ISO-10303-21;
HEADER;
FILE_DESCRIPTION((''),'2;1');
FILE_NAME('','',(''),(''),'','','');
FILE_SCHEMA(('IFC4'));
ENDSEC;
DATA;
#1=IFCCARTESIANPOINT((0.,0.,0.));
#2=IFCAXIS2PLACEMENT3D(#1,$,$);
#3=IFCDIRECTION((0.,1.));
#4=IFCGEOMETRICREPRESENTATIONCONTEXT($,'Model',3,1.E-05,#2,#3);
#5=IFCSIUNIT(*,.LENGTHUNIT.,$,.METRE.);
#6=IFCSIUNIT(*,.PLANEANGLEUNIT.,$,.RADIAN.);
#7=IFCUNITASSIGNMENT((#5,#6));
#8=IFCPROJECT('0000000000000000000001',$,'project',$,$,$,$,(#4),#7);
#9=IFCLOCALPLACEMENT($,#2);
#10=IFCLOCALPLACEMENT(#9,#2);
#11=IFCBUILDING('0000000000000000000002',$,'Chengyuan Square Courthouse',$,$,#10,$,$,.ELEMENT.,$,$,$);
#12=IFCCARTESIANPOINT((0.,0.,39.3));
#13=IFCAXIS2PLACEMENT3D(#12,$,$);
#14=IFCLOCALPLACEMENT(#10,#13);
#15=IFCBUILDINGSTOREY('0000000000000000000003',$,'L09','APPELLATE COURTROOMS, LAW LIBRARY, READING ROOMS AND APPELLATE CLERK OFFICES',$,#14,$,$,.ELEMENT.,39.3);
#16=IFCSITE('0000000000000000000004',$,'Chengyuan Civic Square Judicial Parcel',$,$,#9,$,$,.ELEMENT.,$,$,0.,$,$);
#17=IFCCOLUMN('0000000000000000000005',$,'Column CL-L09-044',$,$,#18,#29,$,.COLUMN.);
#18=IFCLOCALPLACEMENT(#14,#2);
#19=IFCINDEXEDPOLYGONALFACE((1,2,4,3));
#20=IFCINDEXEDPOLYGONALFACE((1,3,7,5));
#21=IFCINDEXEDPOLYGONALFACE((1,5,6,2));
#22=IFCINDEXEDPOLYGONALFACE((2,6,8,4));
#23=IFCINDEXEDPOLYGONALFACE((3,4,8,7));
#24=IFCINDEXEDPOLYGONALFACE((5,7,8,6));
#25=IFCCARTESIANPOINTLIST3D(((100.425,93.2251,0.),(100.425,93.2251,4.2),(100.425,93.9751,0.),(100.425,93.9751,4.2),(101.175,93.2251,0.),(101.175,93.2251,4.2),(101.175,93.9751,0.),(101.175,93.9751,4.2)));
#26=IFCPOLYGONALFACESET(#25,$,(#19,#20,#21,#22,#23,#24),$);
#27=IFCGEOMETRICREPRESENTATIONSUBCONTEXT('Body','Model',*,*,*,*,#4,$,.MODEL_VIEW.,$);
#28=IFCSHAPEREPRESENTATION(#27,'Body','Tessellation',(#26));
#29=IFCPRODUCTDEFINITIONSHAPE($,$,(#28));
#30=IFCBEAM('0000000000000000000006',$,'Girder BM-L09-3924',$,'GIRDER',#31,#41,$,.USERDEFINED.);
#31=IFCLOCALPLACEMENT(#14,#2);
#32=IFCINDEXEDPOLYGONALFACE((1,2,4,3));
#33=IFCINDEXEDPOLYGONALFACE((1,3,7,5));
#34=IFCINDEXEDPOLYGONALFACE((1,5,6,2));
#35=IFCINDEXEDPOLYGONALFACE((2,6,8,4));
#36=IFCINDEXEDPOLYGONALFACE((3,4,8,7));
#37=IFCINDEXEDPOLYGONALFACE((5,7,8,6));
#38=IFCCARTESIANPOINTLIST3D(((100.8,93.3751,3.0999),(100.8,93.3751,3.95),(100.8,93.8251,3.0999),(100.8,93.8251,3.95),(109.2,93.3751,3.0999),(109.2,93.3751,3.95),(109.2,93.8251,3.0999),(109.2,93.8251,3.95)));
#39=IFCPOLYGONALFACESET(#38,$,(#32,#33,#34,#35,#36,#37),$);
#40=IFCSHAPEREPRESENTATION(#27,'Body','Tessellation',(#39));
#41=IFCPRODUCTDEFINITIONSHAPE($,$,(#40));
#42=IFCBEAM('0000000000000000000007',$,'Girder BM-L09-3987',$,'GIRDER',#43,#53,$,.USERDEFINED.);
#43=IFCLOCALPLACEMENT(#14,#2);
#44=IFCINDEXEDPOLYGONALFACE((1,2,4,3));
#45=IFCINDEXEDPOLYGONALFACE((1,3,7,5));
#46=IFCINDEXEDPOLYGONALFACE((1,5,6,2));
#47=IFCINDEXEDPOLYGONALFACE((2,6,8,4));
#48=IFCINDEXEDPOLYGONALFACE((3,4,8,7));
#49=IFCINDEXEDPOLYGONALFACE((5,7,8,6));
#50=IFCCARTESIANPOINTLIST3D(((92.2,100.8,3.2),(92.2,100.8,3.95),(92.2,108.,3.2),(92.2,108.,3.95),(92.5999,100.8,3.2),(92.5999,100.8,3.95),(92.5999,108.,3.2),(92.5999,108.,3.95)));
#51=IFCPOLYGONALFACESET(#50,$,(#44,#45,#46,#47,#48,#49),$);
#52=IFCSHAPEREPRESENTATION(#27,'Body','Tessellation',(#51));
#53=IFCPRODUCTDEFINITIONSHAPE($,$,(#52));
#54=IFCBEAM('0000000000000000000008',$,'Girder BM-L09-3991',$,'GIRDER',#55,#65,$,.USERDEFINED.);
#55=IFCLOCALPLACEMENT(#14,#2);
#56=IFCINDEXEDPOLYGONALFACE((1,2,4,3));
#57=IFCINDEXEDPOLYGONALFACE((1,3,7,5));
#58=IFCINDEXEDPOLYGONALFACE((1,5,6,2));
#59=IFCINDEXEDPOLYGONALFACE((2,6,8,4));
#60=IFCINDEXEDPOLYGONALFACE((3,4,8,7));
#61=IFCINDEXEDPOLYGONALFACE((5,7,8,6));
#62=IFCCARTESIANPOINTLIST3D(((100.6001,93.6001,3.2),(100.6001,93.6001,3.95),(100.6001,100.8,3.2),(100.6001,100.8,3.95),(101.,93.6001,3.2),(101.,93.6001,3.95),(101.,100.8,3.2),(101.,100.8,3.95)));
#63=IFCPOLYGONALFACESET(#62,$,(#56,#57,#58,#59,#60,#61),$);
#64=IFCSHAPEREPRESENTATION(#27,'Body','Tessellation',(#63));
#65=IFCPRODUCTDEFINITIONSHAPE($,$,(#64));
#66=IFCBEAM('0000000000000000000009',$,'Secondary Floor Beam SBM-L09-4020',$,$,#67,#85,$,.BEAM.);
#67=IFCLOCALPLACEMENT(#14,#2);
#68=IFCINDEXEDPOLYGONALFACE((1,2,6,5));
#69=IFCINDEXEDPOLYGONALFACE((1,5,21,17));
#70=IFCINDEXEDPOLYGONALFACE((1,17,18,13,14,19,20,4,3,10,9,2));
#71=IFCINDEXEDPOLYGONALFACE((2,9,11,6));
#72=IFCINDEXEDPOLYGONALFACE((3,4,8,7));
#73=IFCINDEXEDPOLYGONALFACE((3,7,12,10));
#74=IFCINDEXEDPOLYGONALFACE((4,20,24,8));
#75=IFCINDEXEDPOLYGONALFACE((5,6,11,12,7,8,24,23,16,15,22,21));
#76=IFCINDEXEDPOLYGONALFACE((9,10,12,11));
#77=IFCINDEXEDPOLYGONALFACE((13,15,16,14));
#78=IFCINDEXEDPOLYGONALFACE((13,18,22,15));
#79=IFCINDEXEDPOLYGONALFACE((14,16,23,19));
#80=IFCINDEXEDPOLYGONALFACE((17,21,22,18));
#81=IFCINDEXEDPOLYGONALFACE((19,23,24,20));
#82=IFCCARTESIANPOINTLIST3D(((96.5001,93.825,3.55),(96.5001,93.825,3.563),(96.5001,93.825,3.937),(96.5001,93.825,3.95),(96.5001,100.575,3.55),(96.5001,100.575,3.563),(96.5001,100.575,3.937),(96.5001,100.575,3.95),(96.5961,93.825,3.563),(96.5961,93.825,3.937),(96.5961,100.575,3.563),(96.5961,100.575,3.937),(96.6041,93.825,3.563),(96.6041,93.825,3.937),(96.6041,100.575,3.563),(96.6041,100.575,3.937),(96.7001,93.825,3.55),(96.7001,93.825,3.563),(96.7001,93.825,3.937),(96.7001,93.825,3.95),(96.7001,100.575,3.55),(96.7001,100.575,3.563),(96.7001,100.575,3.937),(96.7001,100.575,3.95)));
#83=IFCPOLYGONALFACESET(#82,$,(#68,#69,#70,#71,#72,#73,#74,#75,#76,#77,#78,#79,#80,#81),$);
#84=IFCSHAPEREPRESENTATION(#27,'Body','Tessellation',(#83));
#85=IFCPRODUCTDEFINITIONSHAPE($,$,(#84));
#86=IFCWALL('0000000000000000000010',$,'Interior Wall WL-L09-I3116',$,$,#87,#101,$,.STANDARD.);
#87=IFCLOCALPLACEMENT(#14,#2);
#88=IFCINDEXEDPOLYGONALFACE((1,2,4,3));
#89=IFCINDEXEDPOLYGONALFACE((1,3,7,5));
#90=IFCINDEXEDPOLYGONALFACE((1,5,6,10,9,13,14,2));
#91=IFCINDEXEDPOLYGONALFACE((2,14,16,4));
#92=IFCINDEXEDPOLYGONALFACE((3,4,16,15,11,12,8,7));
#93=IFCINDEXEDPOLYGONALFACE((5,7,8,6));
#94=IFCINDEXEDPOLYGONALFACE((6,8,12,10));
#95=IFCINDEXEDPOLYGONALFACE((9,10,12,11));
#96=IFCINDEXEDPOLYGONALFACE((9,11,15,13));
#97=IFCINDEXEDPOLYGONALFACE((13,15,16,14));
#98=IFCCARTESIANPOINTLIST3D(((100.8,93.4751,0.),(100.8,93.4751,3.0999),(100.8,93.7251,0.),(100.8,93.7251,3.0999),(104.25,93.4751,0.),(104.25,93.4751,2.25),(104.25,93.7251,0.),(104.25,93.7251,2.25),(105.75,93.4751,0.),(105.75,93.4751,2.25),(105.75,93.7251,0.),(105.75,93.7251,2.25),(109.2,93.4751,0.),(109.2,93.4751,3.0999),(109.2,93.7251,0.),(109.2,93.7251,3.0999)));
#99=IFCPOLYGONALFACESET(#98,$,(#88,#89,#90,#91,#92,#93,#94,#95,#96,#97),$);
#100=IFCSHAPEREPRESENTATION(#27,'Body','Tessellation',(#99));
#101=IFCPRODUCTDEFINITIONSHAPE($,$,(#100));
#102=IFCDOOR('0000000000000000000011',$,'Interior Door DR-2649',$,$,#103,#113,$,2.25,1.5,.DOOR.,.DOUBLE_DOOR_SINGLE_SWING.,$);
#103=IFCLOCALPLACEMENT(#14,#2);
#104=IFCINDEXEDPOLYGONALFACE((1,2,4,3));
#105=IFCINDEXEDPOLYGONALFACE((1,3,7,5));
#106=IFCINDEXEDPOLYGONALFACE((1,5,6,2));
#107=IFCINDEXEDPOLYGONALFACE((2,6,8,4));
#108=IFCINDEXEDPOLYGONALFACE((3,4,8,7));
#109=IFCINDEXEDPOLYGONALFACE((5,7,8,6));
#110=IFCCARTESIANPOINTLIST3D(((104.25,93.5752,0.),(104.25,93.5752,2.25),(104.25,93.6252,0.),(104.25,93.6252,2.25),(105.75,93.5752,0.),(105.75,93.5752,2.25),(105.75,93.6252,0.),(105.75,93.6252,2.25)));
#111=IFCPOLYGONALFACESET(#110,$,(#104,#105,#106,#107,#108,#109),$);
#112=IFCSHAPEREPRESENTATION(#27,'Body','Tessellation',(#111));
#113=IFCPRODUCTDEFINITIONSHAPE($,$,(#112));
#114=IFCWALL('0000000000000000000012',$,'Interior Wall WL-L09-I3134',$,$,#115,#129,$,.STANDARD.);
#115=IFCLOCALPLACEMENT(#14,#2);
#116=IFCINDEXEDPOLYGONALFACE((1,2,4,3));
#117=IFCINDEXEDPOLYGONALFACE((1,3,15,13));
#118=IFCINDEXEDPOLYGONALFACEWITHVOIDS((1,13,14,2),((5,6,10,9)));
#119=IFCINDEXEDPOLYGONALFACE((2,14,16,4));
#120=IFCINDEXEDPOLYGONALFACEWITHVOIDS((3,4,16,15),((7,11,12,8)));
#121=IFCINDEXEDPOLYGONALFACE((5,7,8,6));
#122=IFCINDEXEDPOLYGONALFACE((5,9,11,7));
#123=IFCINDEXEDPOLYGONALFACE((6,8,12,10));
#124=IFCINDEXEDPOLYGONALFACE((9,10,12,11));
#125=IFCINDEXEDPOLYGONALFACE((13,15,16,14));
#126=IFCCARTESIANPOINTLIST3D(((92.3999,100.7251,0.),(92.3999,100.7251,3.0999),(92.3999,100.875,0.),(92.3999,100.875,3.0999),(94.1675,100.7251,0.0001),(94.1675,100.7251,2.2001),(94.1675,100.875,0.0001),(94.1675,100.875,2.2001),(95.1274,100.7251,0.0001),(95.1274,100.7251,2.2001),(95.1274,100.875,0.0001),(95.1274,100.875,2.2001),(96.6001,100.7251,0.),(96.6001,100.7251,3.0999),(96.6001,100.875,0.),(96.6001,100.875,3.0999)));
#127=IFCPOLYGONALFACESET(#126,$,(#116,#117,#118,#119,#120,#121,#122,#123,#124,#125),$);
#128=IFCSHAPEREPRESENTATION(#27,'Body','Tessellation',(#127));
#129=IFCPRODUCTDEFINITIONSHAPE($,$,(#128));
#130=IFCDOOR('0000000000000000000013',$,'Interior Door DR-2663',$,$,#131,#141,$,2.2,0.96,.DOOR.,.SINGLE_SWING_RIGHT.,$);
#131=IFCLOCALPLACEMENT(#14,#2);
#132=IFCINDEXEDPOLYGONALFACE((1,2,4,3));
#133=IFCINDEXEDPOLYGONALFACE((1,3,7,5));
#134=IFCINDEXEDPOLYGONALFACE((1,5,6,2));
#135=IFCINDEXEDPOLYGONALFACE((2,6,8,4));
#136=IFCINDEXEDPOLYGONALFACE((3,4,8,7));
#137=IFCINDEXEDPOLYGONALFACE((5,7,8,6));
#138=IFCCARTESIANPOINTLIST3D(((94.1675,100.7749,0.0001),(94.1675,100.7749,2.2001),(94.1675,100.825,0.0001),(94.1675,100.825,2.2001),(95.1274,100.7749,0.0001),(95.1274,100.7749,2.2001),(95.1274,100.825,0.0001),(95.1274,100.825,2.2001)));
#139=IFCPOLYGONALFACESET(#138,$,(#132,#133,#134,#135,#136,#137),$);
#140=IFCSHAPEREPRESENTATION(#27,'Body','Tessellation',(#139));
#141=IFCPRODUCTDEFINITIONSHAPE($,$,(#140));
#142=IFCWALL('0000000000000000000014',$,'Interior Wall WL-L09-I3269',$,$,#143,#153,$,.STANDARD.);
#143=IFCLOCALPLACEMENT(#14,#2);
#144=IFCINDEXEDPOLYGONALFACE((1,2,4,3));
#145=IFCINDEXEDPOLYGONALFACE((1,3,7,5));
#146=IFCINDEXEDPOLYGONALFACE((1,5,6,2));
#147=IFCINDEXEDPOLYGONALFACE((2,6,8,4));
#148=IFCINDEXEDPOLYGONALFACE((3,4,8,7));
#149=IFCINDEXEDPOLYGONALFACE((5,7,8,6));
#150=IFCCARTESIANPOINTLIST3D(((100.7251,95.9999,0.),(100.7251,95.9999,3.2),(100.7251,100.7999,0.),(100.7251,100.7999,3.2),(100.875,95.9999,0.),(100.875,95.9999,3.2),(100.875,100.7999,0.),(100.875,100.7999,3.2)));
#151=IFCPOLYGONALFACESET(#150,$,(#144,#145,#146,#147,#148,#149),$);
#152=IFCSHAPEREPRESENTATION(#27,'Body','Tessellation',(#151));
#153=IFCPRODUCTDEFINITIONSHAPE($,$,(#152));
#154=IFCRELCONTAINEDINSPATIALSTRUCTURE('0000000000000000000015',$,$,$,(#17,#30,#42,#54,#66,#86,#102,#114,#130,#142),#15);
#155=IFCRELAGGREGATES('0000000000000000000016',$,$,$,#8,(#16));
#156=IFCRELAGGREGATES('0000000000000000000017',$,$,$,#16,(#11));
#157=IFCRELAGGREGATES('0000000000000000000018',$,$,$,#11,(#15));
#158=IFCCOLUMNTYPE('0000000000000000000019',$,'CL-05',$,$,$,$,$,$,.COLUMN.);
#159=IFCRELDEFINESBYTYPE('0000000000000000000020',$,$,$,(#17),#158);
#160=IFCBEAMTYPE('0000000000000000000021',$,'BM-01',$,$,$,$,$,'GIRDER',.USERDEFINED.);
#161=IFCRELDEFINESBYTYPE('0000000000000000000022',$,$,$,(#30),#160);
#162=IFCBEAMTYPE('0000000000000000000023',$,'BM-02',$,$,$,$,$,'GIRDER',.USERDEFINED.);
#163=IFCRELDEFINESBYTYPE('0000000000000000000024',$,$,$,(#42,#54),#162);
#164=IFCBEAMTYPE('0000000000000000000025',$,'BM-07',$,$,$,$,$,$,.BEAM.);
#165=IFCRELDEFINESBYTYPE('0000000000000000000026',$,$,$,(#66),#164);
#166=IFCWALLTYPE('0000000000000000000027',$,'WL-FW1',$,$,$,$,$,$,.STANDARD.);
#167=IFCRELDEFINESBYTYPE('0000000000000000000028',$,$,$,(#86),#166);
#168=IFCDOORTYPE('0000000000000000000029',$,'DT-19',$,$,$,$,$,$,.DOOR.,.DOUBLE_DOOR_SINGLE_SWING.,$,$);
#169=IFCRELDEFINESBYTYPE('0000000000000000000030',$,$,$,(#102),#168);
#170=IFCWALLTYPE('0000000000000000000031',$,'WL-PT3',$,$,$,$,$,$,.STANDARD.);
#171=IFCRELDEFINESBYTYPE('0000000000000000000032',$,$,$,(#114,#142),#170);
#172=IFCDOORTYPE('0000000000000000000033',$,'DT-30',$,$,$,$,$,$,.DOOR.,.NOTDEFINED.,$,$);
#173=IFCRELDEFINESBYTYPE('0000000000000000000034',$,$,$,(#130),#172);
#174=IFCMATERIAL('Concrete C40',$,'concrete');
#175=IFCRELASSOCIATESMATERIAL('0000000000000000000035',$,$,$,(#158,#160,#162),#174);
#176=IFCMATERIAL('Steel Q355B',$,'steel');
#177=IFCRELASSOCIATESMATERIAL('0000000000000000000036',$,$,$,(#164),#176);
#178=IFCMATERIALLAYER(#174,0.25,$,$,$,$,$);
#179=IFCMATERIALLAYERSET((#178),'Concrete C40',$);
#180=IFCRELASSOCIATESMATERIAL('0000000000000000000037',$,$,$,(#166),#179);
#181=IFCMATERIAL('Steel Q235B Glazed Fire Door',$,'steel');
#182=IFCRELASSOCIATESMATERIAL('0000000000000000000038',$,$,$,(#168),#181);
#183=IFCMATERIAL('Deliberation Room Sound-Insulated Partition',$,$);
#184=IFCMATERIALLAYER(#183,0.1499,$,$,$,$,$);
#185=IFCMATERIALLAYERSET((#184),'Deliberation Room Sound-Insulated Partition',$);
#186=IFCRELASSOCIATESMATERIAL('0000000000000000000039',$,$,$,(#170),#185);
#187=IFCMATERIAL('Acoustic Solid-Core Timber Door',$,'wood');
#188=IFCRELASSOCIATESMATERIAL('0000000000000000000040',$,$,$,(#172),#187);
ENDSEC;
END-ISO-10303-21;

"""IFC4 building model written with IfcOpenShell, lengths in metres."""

from ifc_helpers import new_model, si_unit, direction, frame, frame_2d, origin, origin_2d, place, context, subcontext, project, spatial, rectangle, i_section, extrude, material, layer, layer_set, material_profile, profile_set, type_object, element, fill, save


model = new_model("IFC4")

# Units and contexts
model_context = context("Model", 3, precision=1e-05, world=origin(), true_north=direction((0.0, 1.0)))
body_context = subcontext(model_context, "Body", "Model", "MODEL_VIEW")
ifc_project = project(units=[si_unit("LENGTHUNIT", "METRE"), si_unit("PLANEANGLEUNIT", "RADIAN")], contexts=[model_context])

# Site, building, storey
site_placement = place(None, origin())
site = spatial("IfcSite", under=ifc_project, at=site_placement, Name="Chengyuan Civic Square Judicial Parcel", CompositionType="ELEMENT", RefElevation=0.0)
building_placement = place(site_placement, origin())
building = spatial("IfcBuilding", under=site, at=building_placement, Name="Chengyuan Square Courthouse", CompositionType="ELEMENT")
storey_placement = place(building_placement, frame((0.0, 0.0, 39.3)))
storey = spatial("IfcBuildingStorey", under=building, at=storey_placement, Name="L09", Description="APPELLATE COURTROOMS, LAW LIBRARY, READING ROOMS AND APPELLATE CLERK OFFICES", CompositionType="ELEMENT", Elevation=39.3)

# Column
ifc_material_1 = material(Name="Concrete C40", Category="concrete")
ifc_material_profile_1 = material_profile(ifc_material_1, rectangle(XDim=0.75, YDim=0.75, at=origin_2d()), Name="RC-COL-750x750")
ifc_profile_set_1 = profile_set([ifc_material_profile_1], Name="Concrete C40")
column_type = type_object("IfcColumnType", Name="CL-05", PredefinedType="COLUMN", material=ifc_profile_set_1)
column_placement = place(storey_placement, frame((100.8, 93.6001, 0.0), z_axis=(0.0, 0.0, 1.0), x_axis=(1.0, 0.0, 0.0)))
element("IfcColumn", 1, at=column_placement, inside=storey, type_object=column_type, Name="Column CL-L09-044", PredefinedType="COLUMN", context=body_context, shape_type="SweptSolid", body=[
    extrude(rectangle(XDim=0.75, YDim=0.75, at=origin_2d()), origin(), (0.0, 0.0, 1.0), 4.2),
])

# Beams
ifc_material_profile_2 = material_profile(ifc_material_1, rectangle(XDim=0.45, YDim=0.8501, at=origin_2d()), Name="RC-BM-450x850")
ifc_profile_set_2 = profile_set([ifc_material_profile_2], Name="Concrete C40")
beam_type_1 = type_object("IfcBeamType", Name="BM-01", ElementType="GIRDER", PredefinedType="USERDEFINED", material=ifc_profile_set_2)
beam_1_placement = place(storey_placement, frame((100.8, 93.6001, 3.5249), z_axis=(1.0, 0.0, 0.0), x_axis=(0.0, 1.0, 0.0)))
element("IfcBeam", 2, at=beam_1_placement, inside=storey, type_object=beam_type_1, Name="Girder BM-L09-3924", ObjectType="GIRDER", PredefinedType="USERDEFINED", context=body_context, shape_type="SweptSolid", body=[
    extrude(rectangle(XDim=0.45, YDim=0.8501, at=origin_2d()), origin(), (0.0, 0.0, 1.0), 8.3999),
])
ifc_material_profile_3 = material_profile(ifc_material_1, rectangle(XDim=0.3999, YDim=0.75, at=origin_2d()), Name="RC-BM-400x750")
ifc_profile_set_3 = profile_set([ifc_material_profile_3], Name="Concrete C40")
beam_type_2 = type_object("IfcBeamType", Name="BM-02", ElementType="GIRDER", PredefinedType="USERDEFINED", material=ifc_profile_set_3)
for number, where, z_axis, x_axis, name in (
    (3, (92.3999, 100.8, 3.575), (0.0, 1.0, 0.0), (-1.0, 0.0, 0.0), "Girder BM-L09-3987"),
    (4, (100.8, 93.6001, 3.575), (0.0, 1.0, 0.0), (-1.0, 0.0, 0.0), "Girder BM-L09-3991"),
):
    element("IfcBeam", number, at=place(storey_placement, frame(where, z_axis=z_axis, x_axis=x_axis)), inside=storey, type_object=beam_type_2, Name=name, ObjectType="GIRDER", PredefinedType="USERDEFINED", context=body_context, shape_type="SweptSolid", body=[
        extrude(rectangle(XDim=0.3999, YDim=0.75, at=origin_2d()), origin(), (0.0, 0.0, 1.0), 7.2),
    ])
ifc_material_2 = material(Name="Steel Q355B", Category="steel")
ifc_material_profile_4 = material_profile(ifc_material_2, i_section(OverallWidth=0.2, OverallDepth=0.3999, WebThickness=0.0081, FlangeThickness=0.0129, at=origin_2d()), Name="HN 400x200x8x13")
ifc_profile_set_4 = profile_set([ifc_material_profile_4], Name="Steel Q355B")
beam_type_3 = type_object("IfcBeamType", Name="BM-07", PredefinedType="BEAM", material=ifc_profile_set_4)
beam_2_placement = place(storey_placement, frame((96.6001, 93.825, 3.75), z_axis=(0.0, 1.0, 0.0), x_axis=(-1.0, 0.0, 0.0)))
element("IfcBeam", 5, at=beam_2_placement, inside=storey, type_object=beam_type_3, Name="Secondary Floor Beam SBM-L09-4020", PredefinedType="BEAM", context=body_context, shape_type="SweptSolid", body=[
    extrude(i_section(OverallWidth=0.2, OverallDepth=0.3999, WebThickness=0.0081, FlangeThickness=0.0129, at=origin_2d()), origin(), (0.0, 0.0, 1.0), 6.75),
])

# Walls, openings, doors
ifc_layer_1 = layer(ifc_material_1, 0.25)
ifc_layer_set_1 = layer_set([ifc_layer_1], Name="Concrete C40")
wall_type_1 = type_object("IfcWallType", Name="WL-FW1", PredefinedType="STANDARD", material=ifc_layer_set_1)
wall_1_placement = place(storey_placement, frame((100.8, 93.6001, 0.0), z_axis=(0.0, 0.0, 1.0), x_axis=(1.0, 0.0, 0.0)))
wall_1 = element("IfcWall", 6, at=wall_1_placement, inside=storey, type_object=wall_type_1, Name="Interior Wall WL-L09-I3116", PredefinedType="STANDARD", context=body_context, shape_type="SweptSolid", body=[
    extrude(rectangle(XDim=8.3999, YDim=0.25, at=frame_2d((4.2, 0.0))), origin(), (0.0, 0.0, 1.0), 3.0999),
])
opening_1_placement = place(wall_1_placement, frame((3.45, 0.0, 0.0)))
opening_1 = element("IfcOpeningElement", 7, at=opening_1_placement, cuts=wall_1, PredefinedType="OPENING", context=body_context, shape_type="SweptSolid", body=[
    extrude(rectangle(XDim=1.5, YDim=2.25, at=frame_2d((0.75, 1.125))), frame((0.0, 0.137, 0.0), z_axis=(0.0, -1.0, 0.0), x_axis=(1.0, 0.0, 0.0)), (0.0, 0.0, 1.0), 0.2739),
])
ifc_material_3 = material(Name="Steel Q235B Glazed Fire Door", Category="steel")
door_type_1 = type_object("IfcDoorType", Name="DT-19", OperationType="DOUBLE_DOOR_SINGLE_SWING", PredefinedType="DOOR", material=ifc_material_3)
door_1_placement = place(opening_1_placement, frame((1.5, 0.0, 0.0), z_axis=(0.0, 0.0, 1.0), x_axis=(-1.0, 0.0, 0.0)))
door_1 = element("IfcDoor", 8, at=door_1_placement, inside=storey, type_object=door_type_1, Name="Interior Door DR-2649", OperationType="DOUBLE_DOOR_SINGLE_SWING", OverallHeight=2.25, OverallWidth=1.5, PredefinedType="DOOR", context=body_context, shape_type="SweptSolid", body=[
    extrude(rectangle(XDim=1.5, YDim=2.25, at=frame_2d((0.75, 1.125))), frame((0.0, 0.0249, 0.0), z_axis=(0.0, -1.0, 0.0), x_axis=(1.0, 0.0, 0.0)), (0.0, 0.0, 1.0), 0.05),
])
fill(opening_1, door_1)
ifc_material_4 = material(Name="Deliberation Room Sound-Insulated Partition")
ifc_layer_2 = layer(ifc_material_4, 0.1499)
ifc_layer_set_2 = layer_set([ifc_layer_2], Name="Deliberation Room Sound-Insulated Partition")
wall_type_2 = type_object("IfcWallType", Name="WL-PT3", PredefinedType="STANDARD", material=ifc_layer_set_2)
wall_2_placement = place(storey_placement, frame((92.3999, 100.8, 0.0), z_axis=(0.0, 0.0, 1.0), x_axis=(1.0, 0.0, 0.0)))
wall_2 = element("IfcWall", 9, at=wall_2_placement, inside=storey, type_object=wall_type_2, Name="Interior Wall WL-L09-I3134", PredefinedType="STANDARD", context=body_context, shape_type="SweptSolid", body=[
    extrude(rectangle(XDim=4.2002, YDim=0.1499, at=frame_2d((2.1001, 0.0))), origin(), (0.0, 0.0, 1.0), 3.0999),
])
opening_2_placement = place(wall_2_placement, frame((1.7676, 0.0, 0.0)))
opening_2 = element("IfcOpeningElement", 10, at=opening_2_placement, cuts=wall_2, PredefinedType="OPENING", context=body_context, shape_type="SweptSolid", body=[
    extrude(rectangle(XDim=0.96, YDim=2.2, at=frame_2d((0.48, 1.1001))), frame((0.0, 0.0869, 0.0), z_axis=(0.0, -1.0, 0.0), x_axis=(1.0, 0.0, 0.0)), (0.0, 0.0, 1.0), 0.1738),
])
ifc_material_5 = material(Name="Acoustic Solid-Core Timber Door", Category="wood")
door_type_2 = type_object("IfcDoorType", Name="DT-30", OperationType="NOTDEFINED", PredefinedType="DOOR", material=ifc_material_5)
door_2_placement = place(opening_2_placement, origin())
door_2 = element("IfcDoor", 11, at=door_2_placement, inside=storey, type_object=door_type_2, Name="Interior Door DR-2663", OperationType="SINGLE_SWING_RIGHT", OverallHeight=2.2, OverallWidth=0.96, PredefinedType="DOOR", context=body_context, shape_type="SweptSolid", body=[
    extrude(rectangle(XDim=0.96, YDim=2.2, at=frame_2d((0.48, 1.1001))), frame((0.0, 0.0249, 0.0), z_axis=(0.0, -1.0, 0.0), x_axis=(1.0, 0.0, 0.0)), (0.0, 0.0, 1.0), 0.05),
])
fill(opening_2, door_2)

# Wall
wall_3_placement = place(storey_placement, frame((100.8, 96.0, 0.0), z_axis=(0.0, 0.0, 1.0), x_axis=(0.0, 1.0, 0.0)))
element("IfcWall", 12, at=wall_3_placement, inside=storey, type_object=wall_type_2, Name="Interior Wall WL-L09-I3269", PredefinedType="STANDARD", context=body_context, shape_type="SweptSolid", body=[
    extrude(rectangle(XDim=4.8, YDim=0.1499, at=frame_2d((2.3999, 0.0))), origin(), (0.0, 0.0, 1.0), 3.2),
])

save(model, "model.ifc")
